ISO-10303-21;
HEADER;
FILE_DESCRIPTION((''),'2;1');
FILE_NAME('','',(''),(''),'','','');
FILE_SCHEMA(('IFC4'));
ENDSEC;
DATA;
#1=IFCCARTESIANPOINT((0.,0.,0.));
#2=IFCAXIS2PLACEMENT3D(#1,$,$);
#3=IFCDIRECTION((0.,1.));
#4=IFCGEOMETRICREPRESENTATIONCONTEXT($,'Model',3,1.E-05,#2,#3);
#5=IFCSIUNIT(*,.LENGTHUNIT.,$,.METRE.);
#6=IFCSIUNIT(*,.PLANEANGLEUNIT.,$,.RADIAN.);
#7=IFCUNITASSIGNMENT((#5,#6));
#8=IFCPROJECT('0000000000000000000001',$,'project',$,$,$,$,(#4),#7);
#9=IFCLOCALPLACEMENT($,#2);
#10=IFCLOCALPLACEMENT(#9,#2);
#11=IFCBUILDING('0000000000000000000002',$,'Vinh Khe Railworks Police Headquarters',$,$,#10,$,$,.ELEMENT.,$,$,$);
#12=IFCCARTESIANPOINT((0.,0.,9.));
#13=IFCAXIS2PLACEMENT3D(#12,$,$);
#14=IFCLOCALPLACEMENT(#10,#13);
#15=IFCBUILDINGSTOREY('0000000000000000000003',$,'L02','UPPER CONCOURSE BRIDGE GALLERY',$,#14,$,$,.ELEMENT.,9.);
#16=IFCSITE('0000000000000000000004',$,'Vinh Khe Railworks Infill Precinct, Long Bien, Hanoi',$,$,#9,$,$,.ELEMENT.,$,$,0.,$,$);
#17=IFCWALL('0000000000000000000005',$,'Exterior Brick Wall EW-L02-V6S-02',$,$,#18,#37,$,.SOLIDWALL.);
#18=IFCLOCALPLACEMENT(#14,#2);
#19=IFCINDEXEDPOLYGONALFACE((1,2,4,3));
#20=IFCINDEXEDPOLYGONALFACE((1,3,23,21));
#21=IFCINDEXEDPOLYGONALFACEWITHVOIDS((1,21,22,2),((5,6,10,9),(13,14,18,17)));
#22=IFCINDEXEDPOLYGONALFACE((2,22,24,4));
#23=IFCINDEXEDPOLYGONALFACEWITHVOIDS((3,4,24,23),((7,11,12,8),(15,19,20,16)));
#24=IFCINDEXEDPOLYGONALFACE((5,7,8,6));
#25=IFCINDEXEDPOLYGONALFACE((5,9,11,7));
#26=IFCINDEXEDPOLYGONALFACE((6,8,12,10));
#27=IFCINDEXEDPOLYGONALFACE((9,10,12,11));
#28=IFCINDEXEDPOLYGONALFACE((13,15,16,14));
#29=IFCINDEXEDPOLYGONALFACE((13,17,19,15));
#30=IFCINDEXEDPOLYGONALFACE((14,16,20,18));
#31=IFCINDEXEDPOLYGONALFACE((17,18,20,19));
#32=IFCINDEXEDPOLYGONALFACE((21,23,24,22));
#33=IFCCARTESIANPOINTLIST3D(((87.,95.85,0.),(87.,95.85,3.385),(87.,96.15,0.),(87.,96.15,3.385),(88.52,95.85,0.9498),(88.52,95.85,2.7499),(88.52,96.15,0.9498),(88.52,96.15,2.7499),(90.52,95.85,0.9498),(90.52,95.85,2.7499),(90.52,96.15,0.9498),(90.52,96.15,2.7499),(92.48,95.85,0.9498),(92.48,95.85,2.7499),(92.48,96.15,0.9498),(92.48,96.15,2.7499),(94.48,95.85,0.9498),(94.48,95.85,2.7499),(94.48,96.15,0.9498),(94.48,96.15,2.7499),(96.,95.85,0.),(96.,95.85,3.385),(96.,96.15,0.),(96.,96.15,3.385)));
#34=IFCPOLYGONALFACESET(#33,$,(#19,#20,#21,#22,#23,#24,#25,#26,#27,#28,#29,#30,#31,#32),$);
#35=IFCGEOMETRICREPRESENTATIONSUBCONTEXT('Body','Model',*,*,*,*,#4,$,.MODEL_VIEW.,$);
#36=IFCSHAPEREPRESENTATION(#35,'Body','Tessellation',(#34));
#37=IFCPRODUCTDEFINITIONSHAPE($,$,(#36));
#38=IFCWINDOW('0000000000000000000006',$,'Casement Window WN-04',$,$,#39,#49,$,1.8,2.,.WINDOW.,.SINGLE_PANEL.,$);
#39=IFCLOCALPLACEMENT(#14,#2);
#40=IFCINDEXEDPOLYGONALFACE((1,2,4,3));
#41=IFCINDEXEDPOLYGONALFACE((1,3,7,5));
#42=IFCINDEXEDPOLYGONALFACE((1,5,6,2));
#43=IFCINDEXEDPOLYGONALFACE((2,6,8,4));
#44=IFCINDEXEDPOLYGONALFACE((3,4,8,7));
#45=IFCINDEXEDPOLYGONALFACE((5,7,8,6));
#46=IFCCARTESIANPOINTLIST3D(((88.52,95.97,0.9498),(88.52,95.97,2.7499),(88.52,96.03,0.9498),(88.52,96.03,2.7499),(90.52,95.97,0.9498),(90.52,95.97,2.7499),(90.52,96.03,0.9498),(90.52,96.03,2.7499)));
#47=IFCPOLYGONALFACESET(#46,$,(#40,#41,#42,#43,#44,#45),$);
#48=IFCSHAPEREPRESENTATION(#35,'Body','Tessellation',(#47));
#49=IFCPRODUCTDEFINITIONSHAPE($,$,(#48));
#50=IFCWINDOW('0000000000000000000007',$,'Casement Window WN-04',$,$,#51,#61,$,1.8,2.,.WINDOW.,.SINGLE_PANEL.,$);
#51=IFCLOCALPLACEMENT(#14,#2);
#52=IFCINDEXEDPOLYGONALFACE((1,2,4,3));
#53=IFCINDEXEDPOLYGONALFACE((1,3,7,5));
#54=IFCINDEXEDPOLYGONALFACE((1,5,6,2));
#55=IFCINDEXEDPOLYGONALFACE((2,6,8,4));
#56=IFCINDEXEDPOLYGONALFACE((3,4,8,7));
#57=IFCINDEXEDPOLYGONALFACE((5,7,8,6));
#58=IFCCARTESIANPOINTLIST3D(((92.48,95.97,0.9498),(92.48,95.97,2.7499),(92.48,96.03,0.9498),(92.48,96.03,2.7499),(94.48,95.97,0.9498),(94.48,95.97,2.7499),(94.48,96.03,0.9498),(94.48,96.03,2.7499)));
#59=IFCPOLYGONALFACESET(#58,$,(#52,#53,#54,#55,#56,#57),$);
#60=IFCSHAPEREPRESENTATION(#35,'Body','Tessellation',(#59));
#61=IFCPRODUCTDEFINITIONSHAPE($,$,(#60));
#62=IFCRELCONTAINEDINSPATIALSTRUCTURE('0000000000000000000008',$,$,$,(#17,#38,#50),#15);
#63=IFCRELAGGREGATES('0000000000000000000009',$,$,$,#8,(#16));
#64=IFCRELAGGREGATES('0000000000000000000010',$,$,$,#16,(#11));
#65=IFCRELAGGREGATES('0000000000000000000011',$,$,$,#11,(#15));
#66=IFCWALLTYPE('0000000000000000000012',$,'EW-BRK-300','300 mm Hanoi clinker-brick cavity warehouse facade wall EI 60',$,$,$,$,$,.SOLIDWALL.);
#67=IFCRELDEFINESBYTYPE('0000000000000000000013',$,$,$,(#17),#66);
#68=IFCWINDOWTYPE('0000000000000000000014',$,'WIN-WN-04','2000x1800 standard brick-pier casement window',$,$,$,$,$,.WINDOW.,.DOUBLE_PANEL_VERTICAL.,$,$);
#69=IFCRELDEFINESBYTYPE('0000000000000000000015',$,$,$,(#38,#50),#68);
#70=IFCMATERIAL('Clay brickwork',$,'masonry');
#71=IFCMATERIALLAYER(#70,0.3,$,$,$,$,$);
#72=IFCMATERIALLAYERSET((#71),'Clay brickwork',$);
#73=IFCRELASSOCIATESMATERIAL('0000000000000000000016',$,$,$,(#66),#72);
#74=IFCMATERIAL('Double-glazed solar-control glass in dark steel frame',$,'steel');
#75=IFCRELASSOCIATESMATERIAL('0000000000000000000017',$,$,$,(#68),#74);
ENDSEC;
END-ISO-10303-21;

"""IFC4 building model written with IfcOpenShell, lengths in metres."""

from ifc_helpers import new_model, si_unit, direction, frame, frame_2d, origin, place, context, subcontext, project, spatial, rectangle, extrude, material, layer, layer_set, type_object, element, fill, save


model = new_model("IFC4")

# Units and contexts
model_context = context("Model", 3, precision=1e-05, world=origin(), true_north=direction((0.0, 1.0)))
body_context = subcontext(model_context, "Body", "Model", "MODEL_VIEW")
ifc_project = project(units=[si_unit("LENGTHUNIT", "METRE"), si_unit("PLANEANGLEUNIT", "RADIAN")], contexts=[model_context])

# Site, building, storey
site_placement = place(None, origin())
site = spatial("IfcSite", under=ifc_project, at=site_placement, Name="Vinh Khe Railworks Infill Precinct, Long Bien, Hanoi", CompositionType="ELEMENT", RefElevation=0.0)
building_placement = place(site_placement, origin())
building = spatial("IfcBuilding", under=site, at=building_placement, Name="Vinh Khe Railworks Police Headquarters", CompositionType="ELEMENT")
storey_placement = place(building_placement, frame((0.0, 0.0, 9.0)))
storey = spatial("IfcBuildingStorey", under=building, at=storey_placement, Name="L02", Description="UPPER CONCOURSE BRIDGE GALLERY", CompositionType="ELEMENT", Elevation=9.0)

# Shared definitions
ifc_material_1 = material(Name="Clay brickwork", Category="masonry")

# Wall, openings, windows
ifc_layer_1 = layer(ifc_material_1, 0.3)
ifc_layer_set_1 = layer_set([ifc_layer_1], Name="Clay brickwork")
wall_type_1 = type_object("IfcWallType", Name="EW-BRK-300", Description="300 mm Hanoi clinker-brick cavity warehouse facade wall EI 60", PredefinedType="SOLIDWALL", material=ifc_layer_set_1)
ifc_material_2 = material(Name="Double-glazed solar-control glass in dark steel frame", Category="steel")
window_type = type_object("IfcWindowType", Name="WIN-WN-04", Description="2000x1800 standard brick-pier casement window", PartitioningType="DOUBLE_PANEL_VERTICAL", PredefinedType="WINDOW", material=ifc_material_2)
wall_1_placement = place(storey_placement, frame((87.0, 96.0, 0.0), z_axis=(0.0, 0.0, 1.0), x_axis=(1.0, 0.0, 0.0)))
wall_1 = element("IfcWall", 1, at=wall_1_placement, inside=storey, type_object=wall_type_1, Name="Exterior Brick Wall EW-L02-V6S-02", PredefinedType="SOLIDWALL", context=body_context, shape_type="SweptSolid", body=[
    extrude(rectangle(XDim=9.0, YDim=0.3, at=frame_2d((4.5, 0.0))), origin(), (0.0, 0.0, 1.0), 3.385),
])
opening_1_placement = place(wall_1_placement, frame((1.52, 0.0, 0.95)))
opening_1 = element("IfcOpeningElement", 2, at=opening_1_placement, cuts=wall_1, PredefinedType="OPENING", context=body_context, shape_type="SweptSolid", body=[
    extrude(rectangle(XDim=2.0, YDim=1.8, at=frame_2d((1.0, 0.8999))), frame((0.0, 0.165, 0.0), z_axis=(0.0, -1.0, 0.0), x_axis=(1.0, 0.0, 0.0)), (0.0, 0.0, 1.0), 0.3298),
])
opening_2_placement = place(wall_1_placement, frame((5.48, 0.0, 0.95)))
opening_2 = element("IfcOpeningElement", 3, at=opening_2_placement, cuts=wall_1, PredefinedType="OPENING", context=body_context, shape_type="SweptSolid", body=[
    extrude(rectangle(XDim=2.0, YDim=1.8, at=frame_2d((1.0, 0.8999))), frame((0.0, 0.165, 0.0), z_axis=(0.0, -1.0, 0.0), x_axis=(1.0, 0.0, 0.0)), (0.0, 0.0, 1.0), 0.3298),
])
window_1_placement = place(opening_1_placement, origin())
window_1 = element("IfcWindow", 4, at=window_1_placement, inside=storey, type_object=window_type, Name="Casement Window WN-04", OverallHeight=1.8, OverallWidth=2.0, PartitioningType="SINGLE_PANEL", PredefinedType="WINDOW", context=body_context, shape_type="SweptSolid", body=[
    extrude(rectangle(XDim=2.0, YDim=1.8, at=frame_2d((1.0, 0.8999))), frame((0.0, 0.03, 0.0), z_axis=(0.0, -1.0, 0.0), x_axis=(1.0, 0.0, 0.0)), (0.0, 0.0, 1.0), 0.0601),
])
fill(opening_1, window_1)
window_2_placement = place(opening_2_placement, origin())
window_2 = element("IfcWindow", 5, at=window_2_placement, inside=storey, type_object=window_type, Name="Casement Window WN-04", OverallHeight=1.8, OverallWidth=2.0, PartitioningType="SINGLE_PANEL", PredefinedType="WINDOW", context=body_context, shape_type="SweptSolid", body=[
    extrude(rectangle(XDim=2.0, YDim=1.8, at=frame_2d((1.0, 0.8999))), frame((0.0, 0.03, 0.0), z_axis=(0.0, -1.0, 0.0), x_axis=(1.0, 0.0, 0.0)), (0.0, 0.0, 1.0), 0.0601),
])
fill(opening_2, window_2)

save(model, "model.ifc")
